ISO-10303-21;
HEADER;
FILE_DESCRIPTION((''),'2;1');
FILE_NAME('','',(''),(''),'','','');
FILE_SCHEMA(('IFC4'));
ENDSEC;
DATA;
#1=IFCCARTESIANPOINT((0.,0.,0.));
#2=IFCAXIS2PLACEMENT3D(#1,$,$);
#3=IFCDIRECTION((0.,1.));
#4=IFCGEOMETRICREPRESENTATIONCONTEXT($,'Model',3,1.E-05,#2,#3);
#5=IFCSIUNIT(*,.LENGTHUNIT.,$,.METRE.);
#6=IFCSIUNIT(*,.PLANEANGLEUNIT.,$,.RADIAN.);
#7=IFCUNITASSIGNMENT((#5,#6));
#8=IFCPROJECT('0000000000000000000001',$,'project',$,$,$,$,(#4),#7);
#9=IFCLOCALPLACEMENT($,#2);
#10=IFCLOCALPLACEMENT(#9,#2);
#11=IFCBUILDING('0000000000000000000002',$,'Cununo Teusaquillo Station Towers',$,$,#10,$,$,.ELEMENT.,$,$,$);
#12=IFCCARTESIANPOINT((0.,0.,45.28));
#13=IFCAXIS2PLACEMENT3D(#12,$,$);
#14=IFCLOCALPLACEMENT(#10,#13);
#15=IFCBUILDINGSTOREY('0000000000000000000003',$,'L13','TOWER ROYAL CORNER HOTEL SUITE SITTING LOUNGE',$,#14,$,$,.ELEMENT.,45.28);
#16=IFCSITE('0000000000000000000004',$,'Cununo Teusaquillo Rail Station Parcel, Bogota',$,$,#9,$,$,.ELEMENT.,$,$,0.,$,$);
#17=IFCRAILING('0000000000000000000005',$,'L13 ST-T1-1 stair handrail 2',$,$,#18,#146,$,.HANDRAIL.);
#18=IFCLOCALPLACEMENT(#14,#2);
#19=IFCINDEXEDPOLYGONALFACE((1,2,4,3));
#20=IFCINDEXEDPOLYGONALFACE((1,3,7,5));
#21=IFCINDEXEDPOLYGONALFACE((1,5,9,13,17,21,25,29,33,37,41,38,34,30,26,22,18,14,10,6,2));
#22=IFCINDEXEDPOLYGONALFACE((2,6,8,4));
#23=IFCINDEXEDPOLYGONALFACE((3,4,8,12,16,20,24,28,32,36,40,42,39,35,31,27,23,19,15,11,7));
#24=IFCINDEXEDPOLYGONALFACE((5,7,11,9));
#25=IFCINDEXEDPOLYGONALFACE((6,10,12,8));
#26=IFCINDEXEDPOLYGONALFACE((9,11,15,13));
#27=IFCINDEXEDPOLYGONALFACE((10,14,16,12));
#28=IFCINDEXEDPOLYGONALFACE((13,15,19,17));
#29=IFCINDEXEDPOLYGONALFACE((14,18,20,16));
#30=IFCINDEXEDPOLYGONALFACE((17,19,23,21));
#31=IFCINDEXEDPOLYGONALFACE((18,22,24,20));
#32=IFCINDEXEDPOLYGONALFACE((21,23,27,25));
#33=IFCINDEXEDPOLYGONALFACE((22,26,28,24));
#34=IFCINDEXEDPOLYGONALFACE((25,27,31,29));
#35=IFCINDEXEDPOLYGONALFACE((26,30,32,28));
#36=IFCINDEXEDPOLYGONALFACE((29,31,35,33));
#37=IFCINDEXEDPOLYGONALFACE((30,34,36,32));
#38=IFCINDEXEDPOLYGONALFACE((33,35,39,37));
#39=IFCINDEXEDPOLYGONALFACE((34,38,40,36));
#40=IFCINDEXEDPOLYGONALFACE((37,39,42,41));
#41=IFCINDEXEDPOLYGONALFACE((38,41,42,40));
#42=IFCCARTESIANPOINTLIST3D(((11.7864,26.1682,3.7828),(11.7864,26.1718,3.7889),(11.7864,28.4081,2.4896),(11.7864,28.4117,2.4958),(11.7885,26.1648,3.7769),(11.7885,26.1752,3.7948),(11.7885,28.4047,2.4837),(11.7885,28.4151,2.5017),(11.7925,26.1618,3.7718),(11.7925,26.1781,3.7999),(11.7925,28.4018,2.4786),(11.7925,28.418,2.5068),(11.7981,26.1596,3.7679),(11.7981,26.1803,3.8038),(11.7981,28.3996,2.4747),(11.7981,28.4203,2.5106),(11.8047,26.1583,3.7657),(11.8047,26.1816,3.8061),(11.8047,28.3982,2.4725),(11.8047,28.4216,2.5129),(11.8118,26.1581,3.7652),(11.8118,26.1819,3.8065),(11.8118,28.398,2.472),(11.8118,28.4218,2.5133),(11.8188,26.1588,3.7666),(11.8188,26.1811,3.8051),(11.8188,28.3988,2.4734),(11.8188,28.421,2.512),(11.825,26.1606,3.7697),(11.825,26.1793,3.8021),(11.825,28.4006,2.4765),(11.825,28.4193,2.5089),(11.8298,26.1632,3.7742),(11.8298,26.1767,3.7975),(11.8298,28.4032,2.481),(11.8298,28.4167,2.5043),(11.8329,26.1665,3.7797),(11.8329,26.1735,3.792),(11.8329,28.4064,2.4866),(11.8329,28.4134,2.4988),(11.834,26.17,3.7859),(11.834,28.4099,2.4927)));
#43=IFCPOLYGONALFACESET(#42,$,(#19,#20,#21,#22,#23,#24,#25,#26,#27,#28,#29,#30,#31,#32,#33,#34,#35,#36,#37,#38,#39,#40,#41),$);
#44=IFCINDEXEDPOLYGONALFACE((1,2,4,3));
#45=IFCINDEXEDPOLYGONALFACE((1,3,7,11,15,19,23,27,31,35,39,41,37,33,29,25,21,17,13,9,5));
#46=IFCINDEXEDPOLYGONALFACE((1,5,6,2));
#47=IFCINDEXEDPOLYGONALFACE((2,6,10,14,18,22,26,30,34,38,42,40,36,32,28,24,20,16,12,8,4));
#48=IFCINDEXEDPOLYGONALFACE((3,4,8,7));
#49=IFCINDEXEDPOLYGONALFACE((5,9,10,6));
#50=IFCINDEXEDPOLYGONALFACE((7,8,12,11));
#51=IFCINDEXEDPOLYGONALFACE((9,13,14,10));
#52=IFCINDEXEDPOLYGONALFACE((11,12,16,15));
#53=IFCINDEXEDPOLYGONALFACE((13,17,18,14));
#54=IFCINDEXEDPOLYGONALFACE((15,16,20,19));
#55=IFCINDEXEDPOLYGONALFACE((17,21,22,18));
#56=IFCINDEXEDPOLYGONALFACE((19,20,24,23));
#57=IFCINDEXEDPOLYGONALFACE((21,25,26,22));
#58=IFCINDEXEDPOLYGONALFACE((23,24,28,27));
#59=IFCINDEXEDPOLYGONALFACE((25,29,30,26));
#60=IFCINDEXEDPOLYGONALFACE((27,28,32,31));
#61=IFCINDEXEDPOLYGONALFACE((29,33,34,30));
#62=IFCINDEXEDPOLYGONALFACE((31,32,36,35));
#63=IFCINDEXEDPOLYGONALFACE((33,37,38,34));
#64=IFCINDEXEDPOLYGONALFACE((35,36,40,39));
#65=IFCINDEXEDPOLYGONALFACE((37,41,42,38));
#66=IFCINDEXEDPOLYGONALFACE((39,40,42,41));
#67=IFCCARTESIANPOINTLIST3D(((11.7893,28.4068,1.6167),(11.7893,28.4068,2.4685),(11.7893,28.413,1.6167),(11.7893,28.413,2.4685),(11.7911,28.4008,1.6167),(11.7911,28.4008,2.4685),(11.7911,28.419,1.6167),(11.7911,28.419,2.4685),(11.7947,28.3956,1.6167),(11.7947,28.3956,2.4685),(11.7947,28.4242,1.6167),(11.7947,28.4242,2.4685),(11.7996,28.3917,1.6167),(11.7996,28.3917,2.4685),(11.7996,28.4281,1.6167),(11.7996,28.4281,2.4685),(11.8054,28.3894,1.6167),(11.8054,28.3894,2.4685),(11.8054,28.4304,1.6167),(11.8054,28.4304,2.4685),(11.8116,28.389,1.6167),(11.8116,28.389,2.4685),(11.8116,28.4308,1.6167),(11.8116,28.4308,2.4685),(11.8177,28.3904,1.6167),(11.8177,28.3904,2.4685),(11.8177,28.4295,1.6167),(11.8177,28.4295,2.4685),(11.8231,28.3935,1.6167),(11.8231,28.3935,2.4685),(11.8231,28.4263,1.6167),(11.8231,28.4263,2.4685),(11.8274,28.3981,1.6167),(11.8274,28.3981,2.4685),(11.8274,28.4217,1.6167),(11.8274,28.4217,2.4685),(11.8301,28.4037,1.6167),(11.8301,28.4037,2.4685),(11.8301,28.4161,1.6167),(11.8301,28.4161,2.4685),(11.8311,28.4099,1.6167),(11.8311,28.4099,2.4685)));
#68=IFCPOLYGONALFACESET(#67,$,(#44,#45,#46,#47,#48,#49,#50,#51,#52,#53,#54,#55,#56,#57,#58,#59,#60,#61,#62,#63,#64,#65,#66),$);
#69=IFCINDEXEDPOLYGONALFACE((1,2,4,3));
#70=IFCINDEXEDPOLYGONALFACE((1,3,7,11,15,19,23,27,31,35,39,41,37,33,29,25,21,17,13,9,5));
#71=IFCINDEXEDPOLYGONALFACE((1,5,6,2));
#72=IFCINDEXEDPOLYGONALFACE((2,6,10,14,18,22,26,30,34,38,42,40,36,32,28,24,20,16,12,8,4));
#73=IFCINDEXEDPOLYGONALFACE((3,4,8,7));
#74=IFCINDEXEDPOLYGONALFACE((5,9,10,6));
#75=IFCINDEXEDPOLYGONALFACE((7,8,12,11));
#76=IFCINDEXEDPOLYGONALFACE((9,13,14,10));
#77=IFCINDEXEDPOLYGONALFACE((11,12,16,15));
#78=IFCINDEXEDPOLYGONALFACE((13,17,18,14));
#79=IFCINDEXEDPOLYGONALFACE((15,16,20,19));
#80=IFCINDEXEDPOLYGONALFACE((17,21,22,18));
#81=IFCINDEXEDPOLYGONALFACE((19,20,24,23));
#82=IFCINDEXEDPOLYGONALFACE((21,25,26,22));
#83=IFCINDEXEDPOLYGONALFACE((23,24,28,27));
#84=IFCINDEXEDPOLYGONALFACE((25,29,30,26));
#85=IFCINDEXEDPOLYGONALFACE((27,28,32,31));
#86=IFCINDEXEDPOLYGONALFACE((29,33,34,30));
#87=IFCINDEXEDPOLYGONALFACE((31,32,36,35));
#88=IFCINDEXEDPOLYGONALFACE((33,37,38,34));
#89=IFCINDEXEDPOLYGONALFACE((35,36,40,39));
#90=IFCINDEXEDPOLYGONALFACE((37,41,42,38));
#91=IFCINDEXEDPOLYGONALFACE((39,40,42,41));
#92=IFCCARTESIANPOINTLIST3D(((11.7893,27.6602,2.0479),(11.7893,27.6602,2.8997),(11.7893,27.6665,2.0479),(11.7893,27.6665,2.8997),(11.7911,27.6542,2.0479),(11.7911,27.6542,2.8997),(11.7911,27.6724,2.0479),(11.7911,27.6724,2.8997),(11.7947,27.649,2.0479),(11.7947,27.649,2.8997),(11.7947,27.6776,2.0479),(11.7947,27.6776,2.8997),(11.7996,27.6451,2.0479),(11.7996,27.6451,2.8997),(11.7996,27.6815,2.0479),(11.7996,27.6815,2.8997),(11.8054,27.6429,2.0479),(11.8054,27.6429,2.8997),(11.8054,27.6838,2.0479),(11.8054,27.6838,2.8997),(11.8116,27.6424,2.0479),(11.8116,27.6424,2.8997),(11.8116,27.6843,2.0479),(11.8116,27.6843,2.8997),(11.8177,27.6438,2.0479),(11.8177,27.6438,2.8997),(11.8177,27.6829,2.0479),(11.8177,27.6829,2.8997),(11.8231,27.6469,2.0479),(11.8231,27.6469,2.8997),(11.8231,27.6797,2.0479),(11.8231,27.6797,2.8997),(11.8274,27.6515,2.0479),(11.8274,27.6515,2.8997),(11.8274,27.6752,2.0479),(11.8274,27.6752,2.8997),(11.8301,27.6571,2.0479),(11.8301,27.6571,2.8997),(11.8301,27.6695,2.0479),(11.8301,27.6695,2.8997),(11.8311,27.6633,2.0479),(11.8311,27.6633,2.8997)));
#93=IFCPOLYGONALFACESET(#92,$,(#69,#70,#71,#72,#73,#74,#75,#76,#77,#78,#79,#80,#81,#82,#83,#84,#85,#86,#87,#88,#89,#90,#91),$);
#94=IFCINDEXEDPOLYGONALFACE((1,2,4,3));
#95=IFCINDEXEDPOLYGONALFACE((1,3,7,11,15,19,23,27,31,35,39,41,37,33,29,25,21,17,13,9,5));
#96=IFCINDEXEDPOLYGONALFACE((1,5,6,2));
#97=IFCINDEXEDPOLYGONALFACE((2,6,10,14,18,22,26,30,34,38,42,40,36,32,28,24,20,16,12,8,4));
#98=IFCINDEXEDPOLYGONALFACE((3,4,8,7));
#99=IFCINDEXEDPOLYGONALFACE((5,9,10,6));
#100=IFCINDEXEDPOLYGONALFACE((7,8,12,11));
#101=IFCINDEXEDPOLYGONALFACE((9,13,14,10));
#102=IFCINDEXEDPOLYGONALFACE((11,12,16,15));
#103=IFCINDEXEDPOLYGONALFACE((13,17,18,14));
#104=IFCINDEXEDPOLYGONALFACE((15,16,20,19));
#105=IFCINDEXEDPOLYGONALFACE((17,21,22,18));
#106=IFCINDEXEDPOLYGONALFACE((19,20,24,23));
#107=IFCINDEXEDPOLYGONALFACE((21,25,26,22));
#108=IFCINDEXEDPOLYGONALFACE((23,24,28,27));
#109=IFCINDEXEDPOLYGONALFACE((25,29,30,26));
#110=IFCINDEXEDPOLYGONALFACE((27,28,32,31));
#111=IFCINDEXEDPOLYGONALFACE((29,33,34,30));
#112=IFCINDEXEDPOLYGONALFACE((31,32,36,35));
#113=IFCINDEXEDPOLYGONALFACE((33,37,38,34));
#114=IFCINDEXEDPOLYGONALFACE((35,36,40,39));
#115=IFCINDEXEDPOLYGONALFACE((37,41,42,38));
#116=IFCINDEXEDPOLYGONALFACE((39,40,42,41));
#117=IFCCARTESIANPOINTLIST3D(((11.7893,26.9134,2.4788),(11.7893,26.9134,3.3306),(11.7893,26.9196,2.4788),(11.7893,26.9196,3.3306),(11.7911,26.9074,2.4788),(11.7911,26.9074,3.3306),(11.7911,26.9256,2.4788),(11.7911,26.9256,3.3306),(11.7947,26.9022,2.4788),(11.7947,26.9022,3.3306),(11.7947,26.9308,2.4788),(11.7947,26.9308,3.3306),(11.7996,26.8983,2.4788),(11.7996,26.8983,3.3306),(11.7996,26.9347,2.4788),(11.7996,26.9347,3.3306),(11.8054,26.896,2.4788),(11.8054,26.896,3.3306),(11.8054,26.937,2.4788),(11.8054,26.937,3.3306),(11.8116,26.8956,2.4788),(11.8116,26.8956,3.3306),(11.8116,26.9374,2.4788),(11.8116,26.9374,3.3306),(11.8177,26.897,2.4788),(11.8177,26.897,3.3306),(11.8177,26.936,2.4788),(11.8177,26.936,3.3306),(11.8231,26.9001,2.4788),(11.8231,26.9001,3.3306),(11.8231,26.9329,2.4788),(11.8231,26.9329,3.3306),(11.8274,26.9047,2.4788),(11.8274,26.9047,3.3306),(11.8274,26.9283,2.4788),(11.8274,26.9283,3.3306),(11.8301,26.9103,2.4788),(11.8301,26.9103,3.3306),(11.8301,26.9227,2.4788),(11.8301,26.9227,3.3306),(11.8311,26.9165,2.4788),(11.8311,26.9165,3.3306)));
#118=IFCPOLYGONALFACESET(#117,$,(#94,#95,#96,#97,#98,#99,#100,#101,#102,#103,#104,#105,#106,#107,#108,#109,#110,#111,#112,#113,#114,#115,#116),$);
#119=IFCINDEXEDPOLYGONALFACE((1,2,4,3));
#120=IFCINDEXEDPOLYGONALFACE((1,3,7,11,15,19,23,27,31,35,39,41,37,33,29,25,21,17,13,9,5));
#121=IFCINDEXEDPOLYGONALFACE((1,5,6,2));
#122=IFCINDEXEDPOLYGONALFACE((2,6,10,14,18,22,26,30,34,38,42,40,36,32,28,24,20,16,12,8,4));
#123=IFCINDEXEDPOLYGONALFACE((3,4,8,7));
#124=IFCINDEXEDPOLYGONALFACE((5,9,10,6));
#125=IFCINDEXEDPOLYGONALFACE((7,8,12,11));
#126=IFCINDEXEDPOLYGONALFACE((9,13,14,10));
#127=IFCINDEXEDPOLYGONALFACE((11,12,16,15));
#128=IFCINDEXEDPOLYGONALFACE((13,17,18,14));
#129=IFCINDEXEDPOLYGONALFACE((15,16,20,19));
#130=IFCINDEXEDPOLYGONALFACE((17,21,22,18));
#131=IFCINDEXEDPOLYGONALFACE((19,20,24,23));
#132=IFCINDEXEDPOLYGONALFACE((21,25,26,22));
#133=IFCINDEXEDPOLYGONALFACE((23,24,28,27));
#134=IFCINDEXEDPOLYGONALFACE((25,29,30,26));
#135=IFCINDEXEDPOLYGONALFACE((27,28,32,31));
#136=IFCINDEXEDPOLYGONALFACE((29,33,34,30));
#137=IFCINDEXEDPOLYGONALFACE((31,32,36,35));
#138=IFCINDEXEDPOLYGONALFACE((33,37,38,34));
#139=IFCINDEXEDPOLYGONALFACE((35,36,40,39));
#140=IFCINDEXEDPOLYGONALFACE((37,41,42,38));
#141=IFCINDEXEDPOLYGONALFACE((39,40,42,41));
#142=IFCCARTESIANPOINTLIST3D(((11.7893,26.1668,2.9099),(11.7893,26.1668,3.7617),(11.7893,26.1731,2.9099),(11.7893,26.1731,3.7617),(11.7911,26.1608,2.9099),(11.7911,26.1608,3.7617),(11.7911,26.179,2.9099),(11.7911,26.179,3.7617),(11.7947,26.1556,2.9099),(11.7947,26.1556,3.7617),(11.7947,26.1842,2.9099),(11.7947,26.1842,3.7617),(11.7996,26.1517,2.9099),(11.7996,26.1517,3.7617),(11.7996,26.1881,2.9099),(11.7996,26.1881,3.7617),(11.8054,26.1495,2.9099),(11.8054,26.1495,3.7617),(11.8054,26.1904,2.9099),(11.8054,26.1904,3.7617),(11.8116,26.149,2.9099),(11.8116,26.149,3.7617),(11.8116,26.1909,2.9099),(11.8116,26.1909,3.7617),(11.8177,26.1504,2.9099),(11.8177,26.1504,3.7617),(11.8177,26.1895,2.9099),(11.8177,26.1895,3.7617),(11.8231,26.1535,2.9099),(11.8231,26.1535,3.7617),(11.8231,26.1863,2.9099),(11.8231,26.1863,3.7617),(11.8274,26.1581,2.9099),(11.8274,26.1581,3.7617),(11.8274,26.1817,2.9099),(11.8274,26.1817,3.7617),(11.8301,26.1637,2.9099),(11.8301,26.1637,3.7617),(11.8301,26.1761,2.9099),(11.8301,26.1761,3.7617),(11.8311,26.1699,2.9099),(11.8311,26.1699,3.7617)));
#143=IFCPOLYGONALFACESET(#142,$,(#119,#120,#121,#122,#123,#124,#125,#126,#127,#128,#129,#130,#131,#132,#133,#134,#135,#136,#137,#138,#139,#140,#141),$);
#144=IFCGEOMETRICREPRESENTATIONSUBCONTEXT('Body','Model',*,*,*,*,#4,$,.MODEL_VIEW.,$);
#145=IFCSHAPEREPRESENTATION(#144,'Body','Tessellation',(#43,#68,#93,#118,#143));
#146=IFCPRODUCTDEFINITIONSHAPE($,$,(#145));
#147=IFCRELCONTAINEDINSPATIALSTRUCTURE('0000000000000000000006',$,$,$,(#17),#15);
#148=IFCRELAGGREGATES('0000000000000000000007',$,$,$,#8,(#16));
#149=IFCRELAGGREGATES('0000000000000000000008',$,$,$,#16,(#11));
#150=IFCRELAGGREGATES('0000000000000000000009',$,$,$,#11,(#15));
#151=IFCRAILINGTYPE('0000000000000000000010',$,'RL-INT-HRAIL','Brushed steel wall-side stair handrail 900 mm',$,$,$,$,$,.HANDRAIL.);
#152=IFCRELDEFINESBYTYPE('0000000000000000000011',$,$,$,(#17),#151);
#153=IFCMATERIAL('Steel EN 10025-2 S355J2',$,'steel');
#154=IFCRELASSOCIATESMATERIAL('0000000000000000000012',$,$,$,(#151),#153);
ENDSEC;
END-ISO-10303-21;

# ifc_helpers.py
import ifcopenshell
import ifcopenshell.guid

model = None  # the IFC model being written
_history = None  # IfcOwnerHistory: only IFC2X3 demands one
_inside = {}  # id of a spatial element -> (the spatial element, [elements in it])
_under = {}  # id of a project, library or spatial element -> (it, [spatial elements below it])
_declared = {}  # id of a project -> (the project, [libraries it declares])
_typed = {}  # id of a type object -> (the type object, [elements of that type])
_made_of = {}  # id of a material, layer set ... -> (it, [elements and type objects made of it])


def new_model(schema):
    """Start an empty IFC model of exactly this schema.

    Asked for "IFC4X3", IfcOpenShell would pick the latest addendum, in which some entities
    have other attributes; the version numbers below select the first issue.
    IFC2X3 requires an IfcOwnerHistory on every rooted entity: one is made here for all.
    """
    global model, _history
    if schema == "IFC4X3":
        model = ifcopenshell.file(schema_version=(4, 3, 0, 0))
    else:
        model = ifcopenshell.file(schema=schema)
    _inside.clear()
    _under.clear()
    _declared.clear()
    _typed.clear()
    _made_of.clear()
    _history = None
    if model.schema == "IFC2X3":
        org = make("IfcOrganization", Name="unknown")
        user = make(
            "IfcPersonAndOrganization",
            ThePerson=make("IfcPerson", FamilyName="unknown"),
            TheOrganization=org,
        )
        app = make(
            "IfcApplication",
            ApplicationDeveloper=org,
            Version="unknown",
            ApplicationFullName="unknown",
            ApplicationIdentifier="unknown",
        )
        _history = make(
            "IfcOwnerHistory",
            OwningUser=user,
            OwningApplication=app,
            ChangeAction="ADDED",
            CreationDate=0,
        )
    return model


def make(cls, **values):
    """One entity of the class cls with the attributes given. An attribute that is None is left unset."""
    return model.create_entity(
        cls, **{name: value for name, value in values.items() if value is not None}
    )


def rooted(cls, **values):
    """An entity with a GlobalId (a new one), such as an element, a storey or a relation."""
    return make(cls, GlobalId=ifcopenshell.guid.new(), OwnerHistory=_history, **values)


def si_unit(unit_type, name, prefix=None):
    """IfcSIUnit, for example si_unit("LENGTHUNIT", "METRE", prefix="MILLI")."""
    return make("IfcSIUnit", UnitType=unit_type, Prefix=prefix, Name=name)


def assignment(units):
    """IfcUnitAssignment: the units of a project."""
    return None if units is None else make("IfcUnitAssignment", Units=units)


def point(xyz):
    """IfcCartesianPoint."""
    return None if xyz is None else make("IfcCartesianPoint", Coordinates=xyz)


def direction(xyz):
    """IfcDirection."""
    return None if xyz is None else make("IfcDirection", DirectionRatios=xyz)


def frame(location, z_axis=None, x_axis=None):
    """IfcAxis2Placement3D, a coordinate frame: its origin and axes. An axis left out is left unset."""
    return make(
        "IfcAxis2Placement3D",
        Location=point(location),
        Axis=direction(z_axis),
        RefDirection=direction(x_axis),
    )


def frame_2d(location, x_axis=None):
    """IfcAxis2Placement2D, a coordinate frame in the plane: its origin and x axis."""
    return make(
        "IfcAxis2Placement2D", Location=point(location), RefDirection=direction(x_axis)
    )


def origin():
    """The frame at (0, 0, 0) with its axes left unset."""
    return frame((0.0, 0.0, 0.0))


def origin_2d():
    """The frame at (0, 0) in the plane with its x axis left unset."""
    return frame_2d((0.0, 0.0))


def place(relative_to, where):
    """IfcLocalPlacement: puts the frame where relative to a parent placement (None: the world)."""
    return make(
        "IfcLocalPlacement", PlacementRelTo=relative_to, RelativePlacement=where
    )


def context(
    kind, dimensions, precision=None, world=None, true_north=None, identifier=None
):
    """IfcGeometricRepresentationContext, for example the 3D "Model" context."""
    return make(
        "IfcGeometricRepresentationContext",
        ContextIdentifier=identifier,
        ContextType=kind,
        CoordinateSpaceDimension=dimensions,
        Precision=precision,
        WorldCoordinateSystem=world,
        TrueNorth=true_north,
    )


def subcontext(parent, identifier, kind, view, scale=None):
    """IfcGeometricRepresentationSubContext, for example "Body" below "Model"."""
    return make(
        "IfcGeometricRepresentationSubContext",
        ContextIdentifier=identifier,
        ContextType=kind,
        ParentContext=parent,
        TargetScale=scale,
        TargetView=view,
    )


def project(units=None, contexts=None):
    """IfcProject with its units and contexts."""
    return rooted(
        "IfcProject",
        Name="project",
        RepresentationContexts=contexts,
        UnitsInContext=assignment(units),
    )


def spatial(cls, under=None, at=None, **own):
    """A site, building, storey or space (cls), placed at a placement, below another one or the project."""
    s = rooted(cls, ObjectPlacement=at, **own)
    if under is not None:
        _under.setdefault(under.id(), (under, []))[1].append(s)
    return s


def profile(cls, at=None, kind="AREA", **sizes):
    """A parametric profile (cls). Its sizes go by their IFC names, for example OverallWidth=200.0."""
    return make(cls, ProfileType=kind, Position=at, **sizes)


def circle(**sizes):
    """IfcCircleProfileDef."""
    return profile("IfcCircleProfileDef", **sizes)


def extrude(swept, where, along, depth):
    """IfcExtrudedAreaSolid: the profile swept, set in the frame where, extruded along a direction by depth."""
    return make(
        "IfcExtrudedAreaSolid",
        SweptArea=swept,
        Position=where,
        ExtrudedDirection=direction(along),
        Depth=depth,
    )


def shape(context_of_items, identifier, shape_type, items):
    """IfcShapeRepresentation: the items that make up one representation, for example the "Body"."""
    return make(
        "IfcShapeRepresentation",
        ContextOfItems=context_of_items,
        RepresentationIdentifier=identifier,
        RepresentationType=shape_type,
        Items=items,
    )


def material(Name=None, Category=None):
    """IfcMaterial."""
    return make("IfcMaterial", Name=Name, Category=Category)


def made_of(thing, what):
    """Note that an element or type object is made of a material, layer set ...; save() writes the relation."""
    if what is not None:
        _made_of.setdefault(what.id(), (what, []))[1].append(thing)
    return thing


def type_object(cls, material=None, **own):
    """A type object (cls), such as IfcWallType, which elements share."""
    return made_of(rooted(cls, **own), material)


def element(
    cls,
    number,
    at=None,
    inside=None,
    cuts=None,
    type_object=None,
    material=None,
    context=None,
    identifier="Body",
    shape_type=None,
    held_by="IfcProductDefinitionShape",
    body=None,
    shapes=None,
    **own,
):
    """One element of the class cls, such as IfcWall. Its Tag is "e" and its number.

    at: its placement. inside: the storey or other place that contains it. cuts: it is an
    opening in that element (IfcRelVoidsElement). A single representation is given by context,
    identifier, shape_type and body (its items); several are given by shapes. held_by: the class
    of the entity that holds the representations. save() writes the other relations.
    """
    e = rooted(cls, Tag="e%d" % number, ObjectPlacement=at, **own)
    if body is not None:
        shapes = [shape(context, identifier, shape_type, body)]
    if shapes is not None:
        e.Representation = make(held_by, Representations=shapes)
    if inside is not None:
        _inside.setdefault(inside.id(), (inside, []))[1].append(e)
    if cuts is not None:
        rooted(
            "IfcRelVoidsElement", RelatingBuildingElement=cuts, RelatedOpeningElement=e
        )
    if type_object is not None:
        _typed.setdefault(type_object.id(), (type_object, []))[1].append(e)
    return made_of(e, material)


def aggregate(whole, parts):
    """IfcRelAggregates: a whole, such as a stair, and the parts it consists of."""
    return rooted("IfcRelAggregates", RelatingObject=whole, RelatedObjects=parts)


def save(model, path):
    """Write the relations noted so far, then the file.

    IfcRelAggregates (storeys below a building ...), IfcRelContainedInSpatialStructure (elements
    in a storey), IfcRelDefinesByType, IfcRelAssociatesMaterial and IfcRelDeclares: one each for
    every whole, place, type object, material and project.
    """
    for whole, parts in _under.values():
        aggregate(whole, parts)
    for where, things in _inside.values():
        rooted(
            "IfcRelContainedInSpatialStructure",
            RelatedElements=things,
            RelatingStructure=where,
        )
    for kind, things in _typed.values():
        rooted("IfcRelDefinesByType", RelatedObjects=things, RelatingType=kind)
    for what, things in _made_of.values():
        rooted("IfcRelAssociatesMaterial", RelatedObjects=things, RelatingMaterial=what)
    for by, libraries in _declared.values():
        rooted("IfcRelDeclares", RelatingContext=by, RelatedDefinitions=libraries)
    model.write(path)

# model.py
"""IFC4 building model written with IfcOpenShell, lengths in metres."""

from ifc_helpers import new_model, si_unit, direction, frame, origin, origin_2d, place, context, subcontext, project, spatial, circle, extrude, material, type_object, element, save


model = new_model("IFC4")

# Units and contexts
model_context = context("Model", 3, precision=1e-05, world=origin(), true_north=direction((0.0, 1.0)))
body_context = subcontext(model_context, "Body", "Model", "MODEL_VIEW")
ifc_project = project(units=[si_unit("LENGTHUNIT", "METRE"), si_unit("PLANEANGLEUNIT", "RADIAN")], contexts=[model_context])

# Site, building, storey
site_placement = place(None, origin())
site = spatial("IfcSite", under=ifc_project, at=site_placement, Name="Cununo Teusaquillo Rail Station Parcel, Bogota", CompositionType="ELEMENT", RefElevation=0.0)
building_placement = place(site_placement, origin())
building = spatial("IfcBuilding", under=site, at=building_placement, Name="Cununo Teusaquillo Station Towers", CompositionType="ELEMENT")
storey_placement = place(building_placement, frame((0.0, 0.0, 45.28)))
storey = spatial("IfcBuildingStorey", under=building, at=storey_placement, Name="L13", Description="TOWER ROYAL CORNER HOTEL SUITE SITTING LOUNGE", CompositionType="ELEMENT", Elevation=45.28)

# Railing
ifc_material_1 = material(Name="Steel EN 10025-2 S355J2", Category="steel")
railing_type_1 = type_object("IfcRailingType", Name="RL-INT-HRAIL", Description="Brushed steel wall-side stair handrail 900 mm", PredefinedType="HANDRAIL", material=ifc_material_1)
railing_1_placement = place(storey_placement, frame((11.8101, 28.4099, 1.6167)))
element("IfcRailing", 1, at=railing_1_placement, inside=storey, type_object=railing_type_1, Name="L13 ST-T1-1 stair handrail 2", PredefinedType="HANDRAIL", context=body_context, shape_type="SweptSolid", body=[
    extrude(circle(Radius=0.0239, at=origin_2d()), frame((0.0, 0.0, 0.876), z_axis=(0.0, -0.866033, 0.499987), x_axis=(1.0, 0.0, 0.0)), (0.0, 0.0, 1.0), 2.5864),
    extrude(circle(Radius=0.021, at=origin_2d()), origin(), (0.0, 0.0, 1.0), 0.8518),
    extrude(circle(Radius=0.021, at=origin_2d()), frame((0.0, -0.7466, 0.4312)), (0.0, 0.0, 1.0), 0.8518),
    extrude(circle(Radius=0.021, at=origin_2d()), frame((0.0, -1.4934, 0.8621)), (0.0, 0.0, 1.0), 0.8518),
    extrude(circle(Radius=0.021, at=origin_2d()), frame((0.0, -2.24, 1.2932)), (0.0, 0.0, 1.0), 0.8518),
])

save(model, "model.ifc")
